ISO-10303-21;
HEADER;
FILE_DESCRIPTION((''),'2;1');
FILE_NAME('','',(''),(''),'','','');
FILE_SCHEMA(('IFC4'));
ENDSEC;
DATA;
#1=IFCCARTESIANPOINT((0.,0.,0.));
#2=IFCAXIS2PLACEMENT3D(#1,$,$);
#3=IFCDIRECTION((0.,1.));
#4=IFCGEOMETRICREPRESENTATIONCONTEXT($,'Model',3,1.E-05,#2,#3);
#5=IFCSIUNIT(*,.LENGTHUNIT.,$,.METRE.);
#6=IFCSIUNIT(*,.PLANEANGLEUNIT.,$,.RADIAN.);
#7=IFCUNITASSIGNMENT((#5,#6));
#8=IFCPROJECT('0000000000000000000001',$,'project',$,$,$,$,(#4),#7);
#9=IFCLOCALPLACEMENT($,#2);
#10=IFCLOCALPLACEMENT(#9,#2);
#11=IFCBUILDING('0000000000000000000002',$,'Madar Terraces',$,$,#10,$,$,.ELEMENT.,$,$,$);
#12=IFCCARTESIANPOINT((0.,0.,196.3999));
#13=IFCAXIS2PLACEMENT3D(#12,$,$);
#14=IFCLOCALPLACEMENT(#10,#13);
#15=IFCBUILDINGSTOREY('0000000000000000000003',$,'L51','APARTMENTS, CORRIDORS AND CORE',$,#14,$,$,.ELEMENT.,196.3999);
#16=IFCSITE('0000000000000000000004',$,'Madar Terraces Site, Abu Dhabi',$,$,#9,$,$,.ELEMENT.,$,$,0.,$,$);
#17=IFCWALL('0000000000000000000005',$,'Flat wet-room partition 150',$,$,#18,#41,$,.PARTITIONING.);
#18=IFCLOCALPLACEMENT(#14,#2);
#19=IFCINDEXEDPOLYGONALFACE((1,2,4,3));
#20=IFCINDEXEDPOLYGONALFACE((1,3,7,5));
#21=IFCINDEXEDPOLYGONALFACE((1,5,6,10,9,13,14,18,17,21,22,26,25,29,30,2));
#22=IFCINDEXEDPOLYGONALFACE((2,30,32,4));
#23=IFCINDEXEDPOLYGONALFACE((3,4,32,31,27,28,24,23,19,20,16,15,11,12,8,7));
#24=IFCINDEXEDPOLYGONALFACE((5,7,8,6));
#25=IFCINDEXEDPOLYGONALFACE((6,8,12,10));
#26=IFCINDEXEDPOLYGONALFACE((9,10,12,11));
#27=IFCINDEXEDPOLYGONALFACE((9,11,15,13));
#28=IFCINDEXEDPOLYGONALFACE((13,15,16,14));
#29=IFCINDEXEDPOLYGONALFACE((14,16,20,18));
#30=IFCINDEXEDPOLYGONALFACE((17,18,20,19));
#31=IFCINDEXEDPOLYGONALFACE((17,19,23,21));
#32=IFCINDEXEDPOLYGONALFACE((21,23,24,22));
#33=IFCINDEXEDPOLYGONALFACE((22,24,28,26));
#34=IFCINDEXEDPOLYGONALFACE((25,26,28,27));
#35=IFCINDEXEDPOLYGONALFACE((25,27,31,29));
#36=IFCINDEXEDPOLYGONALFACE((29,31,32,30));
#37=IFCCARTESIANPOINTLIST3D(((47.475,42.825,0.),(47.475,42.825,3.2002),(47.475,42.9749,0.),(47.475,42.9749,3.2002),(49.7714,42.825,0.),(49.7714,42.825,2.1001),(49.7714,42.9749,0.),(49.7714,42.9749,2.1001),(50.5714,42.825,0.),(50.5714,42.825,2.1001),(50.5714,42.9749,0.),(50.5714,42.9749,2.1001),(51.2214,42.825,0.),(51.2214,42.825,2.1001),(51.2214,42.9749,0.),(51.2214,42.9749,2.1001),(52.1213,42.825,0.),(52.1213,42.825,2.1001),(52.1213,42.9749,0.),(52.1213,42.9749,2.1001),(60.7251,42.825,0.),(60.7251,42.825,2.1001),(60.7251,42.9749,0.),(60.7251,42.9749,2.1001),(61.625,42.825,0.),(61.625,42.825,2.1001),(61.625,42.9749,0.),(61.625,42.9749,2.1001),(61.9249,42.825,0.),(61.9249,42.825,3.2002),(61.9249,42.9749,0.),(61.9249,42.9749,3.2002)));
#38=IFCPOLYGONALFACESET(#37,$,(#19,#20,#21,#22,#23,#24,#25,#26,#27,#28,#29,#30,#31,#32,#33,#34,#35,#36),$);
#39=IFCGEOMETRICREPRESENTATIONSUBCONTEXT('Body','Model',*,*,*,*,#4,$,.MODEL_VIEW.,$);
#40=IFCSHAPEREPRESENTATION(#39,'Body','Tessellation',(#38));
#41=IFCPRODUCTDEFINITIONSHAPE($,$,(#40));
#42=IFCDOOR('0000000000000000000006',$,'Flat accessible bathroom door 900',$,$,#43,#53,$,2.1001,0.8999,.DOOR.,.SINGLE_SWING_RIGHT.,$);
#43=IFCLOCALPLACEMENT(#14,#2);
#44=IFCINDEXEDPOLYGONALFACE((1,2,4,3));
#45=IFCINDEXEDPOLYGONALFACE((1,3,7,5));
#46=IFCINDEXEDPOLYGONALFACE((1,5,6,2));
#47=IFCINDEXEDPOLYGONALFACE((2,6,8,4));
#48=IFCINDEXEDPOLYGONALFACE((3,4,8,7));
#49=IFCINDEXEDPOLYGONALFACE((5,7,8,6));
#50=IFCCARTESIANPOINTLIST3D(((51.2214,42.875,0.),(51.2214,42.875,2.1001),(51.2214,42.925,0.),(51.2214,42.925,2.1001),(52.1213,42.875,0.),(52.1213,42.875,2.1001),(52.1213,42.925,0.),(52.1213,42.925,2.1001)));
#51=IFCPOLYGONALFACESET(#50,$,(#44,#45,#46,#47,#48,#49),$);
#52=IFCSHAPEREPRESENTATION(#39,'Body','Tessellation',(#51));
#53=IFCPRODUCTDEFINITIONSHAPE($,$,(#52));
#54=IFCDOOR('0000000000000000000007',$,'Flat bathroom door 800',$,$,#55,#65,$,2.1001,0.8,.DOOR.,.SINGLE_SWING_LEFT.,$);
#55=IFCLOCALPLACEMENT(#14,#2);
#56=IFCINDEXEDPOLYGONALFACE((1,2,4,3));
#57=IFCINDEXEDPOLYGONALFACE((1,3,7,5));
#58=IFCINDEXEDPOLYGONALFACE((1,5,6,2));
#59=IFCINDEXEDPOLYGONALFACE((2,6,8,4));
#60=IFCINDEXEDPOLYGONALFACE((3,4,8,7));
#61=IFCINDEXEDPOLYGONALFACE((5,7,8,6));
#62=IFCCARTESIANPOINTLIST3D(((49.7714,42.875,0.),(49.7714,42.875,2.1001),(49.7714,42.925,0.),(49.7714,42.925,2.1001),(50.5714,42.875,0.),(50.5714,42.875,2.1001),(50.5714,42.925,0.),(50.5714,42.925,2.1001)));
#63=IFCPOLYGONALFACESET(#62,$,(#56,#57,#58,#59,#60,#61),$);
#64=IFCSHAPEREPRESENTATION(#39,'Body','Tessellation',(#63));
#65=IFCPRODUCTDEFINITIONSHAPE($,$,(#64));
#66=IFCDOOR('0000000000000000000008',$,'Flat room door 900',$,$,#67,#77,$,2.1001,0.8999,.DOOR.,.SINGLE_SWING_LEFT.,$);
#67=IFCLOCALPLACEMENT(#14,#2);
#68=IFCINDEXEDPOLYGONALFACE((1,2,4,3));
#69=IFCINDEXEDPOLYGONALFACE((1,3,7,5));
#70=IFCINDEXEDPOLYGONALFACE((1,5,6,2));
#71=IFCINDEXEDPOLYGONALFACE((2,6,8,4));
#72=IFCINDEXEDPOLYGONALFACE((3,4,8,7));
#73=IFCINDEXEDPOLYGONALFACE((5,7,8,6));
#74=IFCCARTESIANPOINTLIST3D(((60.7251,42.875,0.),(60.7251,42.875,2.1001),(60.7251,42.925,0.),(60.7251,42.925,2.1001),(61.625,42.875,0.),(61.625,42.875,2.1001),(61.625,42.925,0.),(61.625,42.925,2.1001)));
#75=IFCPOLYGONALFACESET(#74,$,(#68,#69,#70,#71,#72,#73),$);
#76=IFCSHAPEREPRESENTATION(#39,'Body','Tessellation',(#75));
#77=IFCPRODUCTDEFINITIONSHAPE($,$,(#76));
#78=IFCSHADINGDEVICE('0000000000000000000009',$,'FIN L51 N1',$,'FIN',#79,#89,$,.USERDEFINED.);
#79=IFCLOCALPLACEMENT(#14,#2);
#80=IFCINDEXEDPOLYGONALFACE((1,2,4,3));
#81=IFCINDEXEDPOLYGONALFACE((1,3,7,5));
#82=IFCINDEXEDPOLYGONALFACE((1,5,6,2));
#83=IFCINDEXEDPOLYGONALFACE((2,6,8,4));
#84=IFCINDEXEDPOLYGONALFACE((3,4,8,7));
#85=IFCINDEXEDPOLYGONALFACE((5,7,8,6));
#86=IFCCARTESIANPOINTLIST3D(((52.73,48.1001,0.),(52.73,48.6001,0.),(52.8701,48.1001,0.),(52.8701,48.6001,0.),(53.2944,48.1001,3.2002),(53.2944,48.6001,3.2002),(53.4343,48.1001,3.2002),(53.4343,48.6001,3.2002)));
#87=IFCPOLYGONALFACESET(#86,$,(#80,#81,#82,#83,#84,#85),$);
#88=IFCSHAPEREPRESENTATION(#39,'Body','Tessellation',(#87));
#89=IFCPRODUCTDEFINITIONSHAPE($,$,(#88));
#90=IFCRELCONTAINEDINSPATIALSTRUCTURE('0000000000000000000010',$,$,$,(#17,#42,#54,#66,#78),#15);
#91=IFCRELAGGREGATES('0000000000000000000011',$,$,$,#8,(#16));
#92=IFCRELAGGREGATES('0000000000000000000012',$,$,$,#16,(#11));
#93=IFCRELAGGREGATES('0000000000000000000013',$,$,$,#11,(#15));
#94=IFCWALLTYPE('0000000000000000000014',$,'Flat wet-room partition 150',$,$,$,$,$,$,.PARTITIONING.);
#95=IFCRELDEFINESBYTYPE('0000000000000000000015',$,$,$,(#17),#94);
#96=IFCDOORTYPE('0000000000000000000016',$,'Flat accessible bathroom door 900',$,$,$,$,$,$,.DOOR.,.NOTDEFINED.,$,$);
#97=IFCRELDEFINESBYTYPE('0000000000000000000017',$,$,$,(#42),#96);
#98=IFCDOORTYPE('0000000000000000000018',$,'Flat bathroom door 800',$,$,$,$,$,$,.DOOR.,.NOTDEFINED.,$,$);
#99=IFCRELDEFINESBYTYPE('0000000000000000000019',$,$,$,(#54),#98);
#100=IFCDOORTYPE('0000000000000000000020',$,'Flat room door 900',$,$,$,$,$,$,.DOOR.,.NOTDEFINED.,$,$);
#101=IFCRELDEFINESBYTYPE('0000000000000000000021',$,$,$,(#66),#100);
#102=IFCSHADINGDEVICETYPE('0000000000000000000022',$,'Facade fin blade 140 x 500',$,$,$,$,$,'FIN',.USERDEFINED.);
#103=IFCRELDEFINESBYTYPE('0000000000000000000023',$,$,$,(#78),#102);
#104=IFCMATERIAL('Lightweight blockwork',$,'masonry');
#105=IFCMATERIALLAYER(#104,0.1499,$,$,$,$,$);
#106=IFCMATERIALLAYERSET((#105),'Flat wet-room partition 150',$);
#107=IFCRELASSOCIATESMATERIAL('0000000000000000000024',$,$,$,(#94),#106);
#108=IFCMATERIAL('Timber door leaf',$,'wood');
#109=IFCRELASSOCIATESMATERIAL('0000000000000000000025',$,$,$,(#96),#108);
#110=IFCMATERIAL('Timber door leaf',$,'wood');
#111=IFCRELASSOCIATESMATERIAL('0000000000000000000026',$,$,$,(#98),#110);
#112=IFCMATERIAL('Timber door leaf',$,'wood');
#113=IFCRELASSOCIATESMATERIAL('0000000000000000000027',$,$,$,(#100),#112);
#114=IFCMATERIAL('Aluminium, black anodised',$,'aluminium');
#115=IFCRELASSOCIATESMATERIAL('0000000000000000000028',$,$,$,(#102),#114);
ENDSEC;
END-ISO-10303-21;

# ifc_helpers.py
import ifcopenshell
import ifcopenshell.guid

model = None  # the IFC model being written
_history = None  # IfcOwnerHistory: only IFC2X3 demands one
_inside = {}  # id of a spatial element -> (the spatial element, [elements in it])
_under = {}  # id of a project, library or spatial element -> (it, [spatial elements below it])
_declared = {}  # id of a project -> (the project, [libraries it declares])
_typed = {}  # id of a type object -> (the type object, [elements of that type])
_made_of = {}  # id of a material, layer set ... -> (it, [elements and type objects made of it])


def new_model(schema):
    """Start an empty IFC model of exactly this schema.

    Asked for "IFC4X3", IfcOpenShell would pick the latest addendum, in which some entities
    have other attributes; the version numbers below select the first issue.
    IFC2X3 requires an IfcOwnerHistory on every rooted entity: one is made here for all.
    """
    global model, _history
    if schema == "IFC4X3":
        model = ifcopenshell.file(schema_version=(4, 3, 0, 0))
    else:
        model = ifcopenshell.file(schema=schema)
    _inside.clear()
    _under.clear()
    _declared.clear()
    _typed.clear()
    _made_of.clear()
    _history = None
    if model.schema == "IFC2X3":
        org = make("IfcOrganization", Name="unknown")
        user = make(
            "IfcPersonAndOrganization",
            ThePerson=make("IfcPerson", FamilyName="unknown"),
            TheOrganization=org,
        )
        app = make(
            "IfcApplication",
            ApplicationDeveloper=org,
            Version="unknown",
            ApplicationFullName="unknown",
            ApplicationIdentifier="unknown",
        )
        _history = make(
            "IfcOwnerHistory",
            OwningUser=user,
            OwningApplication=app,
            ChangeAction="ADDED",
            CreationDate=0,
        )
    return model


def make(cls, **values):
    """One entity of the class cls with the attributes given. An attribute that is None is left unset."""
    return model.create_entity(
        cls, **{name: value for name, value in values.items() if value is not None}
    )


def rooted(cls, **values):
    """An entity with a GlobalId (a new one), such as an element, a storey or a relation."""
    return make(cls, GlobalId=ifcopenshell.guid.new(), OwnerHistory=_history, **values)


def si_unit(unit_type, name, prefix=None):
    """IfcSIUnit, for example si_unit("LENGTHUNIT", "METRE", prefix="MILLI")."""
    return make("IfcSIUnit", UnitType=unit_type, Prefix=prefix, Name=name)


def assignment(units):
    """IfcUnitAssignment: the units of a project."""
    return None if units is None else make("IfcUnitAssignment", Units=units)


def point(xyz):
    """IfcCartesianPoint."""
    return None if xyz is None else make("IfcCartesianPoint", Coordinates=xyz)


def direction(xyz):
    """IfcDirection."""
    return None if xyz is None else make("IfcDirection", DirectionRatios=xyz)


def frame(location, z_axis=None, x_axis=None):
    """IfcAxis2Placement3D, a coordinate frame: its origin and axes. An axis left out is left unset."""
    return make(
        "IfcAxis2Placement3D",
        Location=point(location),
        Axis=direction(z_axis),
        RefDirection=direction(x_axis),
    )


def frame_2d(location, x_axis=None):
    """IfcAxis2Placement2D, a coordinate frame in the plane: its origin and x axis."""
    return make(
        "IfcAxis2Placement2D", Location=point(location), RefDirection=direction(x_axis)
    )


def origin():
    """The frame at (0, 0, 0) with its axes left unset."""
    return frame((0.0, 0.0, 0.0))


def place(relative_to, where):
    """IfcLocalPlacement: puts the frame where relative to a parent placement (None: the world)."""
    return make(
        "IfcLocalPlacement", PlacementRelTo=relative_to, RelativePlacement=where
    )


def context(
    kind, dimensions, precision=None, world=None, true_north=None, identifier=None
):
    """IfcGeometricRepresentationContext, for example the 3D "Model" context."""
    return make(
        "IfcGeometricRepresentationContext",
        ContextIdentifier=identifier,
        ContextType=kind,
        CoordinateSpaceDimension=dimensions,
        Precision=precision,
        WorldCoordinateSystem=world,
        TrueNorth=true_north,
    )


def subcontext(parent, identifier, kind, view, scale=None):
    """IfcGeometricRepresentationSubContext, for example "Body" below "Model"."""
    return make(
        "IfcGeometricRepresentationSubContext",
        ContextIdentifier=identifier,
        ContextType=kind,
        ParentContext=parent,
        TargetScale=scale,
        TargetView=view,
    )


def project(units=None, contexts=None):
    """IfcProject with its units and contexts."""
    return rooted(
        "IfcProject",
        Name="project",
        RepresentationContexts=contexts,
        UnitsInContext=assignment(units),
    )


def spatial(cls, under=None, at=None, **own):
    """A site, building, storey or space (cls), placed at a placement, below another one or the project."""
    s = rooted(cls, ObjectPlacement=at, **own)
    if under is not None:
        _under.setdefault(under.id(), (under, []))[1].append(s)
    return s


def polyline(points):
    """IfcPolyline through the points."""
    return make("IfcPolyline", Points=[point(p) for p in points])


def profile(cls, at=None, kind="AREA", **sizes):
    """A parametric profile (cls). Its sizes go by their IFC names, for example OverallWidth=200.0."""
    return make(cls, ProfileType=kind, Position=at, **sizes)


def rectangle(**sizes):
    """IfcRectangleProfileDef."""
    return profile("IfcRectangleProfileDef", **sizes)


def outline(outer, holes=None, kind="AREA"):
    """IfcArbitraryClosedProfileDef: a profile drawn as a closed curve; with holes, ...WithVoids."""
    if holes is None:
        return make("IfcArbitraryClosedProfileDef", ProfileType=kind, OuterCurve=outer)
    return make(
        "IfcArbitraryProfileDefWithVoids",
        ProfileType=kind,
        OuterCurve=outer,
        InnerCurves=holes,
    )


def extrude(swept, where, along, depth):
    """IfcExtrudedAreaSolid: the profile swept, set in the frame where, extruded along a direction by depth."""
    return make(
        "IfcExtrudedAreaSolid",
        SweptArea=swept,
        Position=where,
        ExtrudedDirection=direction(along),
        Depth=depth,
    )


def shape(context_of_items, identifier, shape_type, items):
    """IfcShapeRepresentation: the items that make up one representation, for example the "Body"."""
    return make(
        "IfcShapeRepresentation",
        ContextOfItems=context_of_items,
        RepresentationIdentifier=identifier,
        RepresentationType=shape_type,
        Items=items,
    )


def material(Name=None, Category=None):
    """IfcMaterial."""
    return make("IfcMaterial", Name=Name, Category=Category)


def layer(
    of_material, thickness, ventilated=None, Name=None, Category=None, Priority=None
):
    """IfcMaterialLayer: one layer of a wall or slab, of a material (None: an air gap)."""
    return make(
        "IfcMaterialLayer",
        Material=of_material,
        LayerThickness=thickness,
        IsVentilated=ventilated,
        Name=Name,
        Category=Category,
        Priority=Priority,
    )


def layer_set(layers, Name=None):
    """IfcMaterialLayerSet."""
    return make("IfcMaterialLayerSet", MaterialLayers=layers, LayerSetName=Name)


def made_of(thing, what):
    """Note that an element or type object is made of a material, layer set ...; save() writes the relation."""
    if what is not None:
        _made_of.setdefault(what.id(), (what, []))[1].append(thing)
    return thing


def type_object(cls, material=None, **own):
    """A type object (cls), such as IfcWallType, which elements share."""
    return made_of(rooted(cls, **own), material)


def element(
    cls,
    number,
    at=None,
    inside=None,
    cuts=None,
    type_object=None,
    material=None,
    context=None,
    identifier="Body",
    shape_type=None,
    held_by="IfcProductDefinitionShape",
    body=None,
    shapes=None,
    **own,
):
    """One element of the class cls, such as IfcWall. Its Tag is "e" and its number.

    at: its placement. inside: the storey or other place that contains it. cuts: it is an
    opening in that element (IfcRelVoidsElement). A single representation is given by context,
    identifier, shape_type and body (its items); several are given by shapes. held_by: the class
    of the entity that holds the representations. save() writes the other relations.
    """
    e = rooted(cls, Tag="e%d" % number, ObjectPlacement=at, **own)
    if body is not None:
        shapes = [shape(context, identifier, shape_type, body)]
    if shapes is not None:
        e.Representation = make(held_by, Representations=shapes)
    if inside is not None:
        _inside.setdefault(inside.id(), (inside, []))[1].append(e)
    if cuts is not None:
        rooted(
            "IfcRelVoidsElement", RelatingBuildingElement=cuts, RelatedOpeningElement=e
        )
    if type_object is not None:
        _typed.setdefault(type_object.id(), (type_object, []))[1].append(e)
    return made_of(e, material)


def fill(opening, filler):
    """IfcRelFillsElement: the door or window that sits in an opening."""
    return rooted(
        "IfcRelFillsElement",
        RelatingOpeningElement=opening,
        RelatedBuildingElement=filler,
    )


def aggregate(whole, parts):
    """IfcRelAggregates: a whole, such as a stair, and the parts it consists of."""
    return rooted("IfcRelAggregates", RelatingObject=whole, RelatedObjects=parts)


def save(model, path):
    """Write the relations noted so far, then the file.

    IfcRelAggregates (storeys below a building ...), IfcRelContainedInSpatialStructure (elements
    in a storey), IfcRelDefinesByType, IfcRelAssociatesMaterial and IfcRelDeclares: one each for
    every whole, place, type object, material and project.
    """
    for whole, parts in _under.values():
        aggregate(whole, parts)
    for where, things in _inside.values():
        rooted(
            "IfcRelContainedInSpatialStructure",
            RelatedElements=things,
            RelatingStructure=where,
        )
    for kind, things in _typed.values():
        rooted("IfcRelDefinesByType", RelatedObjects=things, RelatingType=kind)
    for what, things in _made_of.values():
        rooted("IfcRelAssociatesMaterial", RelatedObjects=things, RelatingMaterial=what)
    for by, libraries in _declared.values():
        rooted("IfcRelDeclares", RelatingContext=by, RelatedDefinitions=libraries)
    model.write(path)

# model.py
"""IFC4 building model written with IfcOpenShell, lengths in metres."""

from ifc_helpers import new_model, si_unit, direction, frame, frame_2d, origin, place, context, subcontext, project, spatial, polyline, rectangle, outline, extrude, material, layer, layer_set, type_object, element, fill, save


model = new_model("IFC4")

# Units and contexts
model_context = context("Model", 3, precision=1e-05, world=origin(), true_north=direction((0.0, 1.0)))
body_context = subcontext(model_context, "Body", "Model", "MODEL_VIEW")
ifc_project = project(units=[si_unit("LENGTHUNIT", "METRE"), si_unit("PLANEANGLEUNIT", "RADIAN")], contexts=[model_context])

# Site, building, storey
site_placement = place(None, origin())
site = spatial("IfcSite", under=ifc_project, at=site_placement, Name="Madar Terraces Site, Abu Dhabi", CompositionType="ELEMENT", RefElevation=0.0)
building_placement = place(site_placement, origin())
building = spatial("IfcBuilding", under=site, at=building_placement, Name="Madar Terraces", CompositionType="ELEMENT")
storey_placement = place(building_placement, frame((0.0, 0.0, 196.3999)))
storey = spatial("IfcBuildingStorey", under=building, at=storey_placement, Name="L51", Description="APARTMENTS, CORRIDORS AND CORE", CompositionType="ELEMENT", Elevation=196.3999)

# Shared definitions
ifc_material_1 = material(Name="Lightweight blockwork", Category="masonry")
ifc_layer_1 = layer(ifc_material_1, 0.1499)
ifc_layer_set_1 = layer_set([ifc_layer_1], Name="Flat wet-room partition 150")
wall_type_1 = type_object("IfcWallType", Name="Flat wet-room partition 150", PredefinedType="PARTITIONING", material=ifc_layer_set_1)

# Wall, openings, doors
wall_1_placement = place(storey_placement, frame((61.925, 42.8999, 0.0), z_axis=(0.0, 0.0, 1.0), x_axis=(-1.0, 0.0, 0.0)))
wall_1 = element("IfcWall", 1, at=wall_1_placement, inside=storey, type_object=wall_type_1, Name="Flat wet-room partition 150", PredefinedType="PARTITIONING", context=body_context, shape_type="SweptSolid", body=[
    extrude(rectangle(XDim=14.45, YDim=0.1499, at=frame_2d((7.2251, 0.0))), origin(), (0.0, 0.0, 1.0), 3.2002),
])
opening_1_placement = place(wall_1_placement, frame((11.3538, 0.0, 0.0)))
opening_1 = element("IfcOpeningElement", 2, at=opening_1_placement, cuts=wall_1, PredefinedType="OPENING", context=body_context, shape_type="SweptSolid", body=[
    extrude(rectangle(XDim=0.8, YDim=2.1001, at=frame_2d((0.3999, 1.05))), frame((0.0, 0.085, 0.0), z_axis=(0.0, -1.0, 0.0), x_axis=(1.0, 0.0, 0.0)), (0.0, 0.0, 1.0), 0.1699),
])
opening_2_placement = place(wall_1_placement, frame((9.8037, 0.0, 0.0)))
opening_2 = element("IfcOpeningElement", 3, at=opening_2_placement, cuts=wall_1, PredefinedType="OPENING", context=body_context, shape_type="SweptSolid", body=[
    extrude(rectangle(XDim=0.8999, YDim=2.1001, at=frame_2d((0.45, 1.05))), frame((0.0, 0.085, 0.0), z_axis=(0.0, -1.0, 0.0), x_axis=(1.0, 0.0, 0.0)), (0.0, 0.0, 1.0), 0.1699),
])
opening_3_placement = place(wall_1_placement, frame((0.3, 0.0, 0.0)))
opening_3 = element("IfcOpeningElement", 4, at=opening_3_placement, cuts=wall_1, PredefinedType="OPENING", context=body_context, shape_type="SweptSolid", body=[
    extrude(rectangle(XDim=0.8999, YDim=2.1001, at=frame_2d((0.45, 1.05))), frame((0.0, 0.085, 0.0), z_axis=(0.0, -1.0, 0.0), x_axis=(1.0, 0.0, 0.0)), (0.0, 0.0, 1.0), 0.1699),
])
ifc_material_2 = material(Name="Timber door leaf", Category="wood")
door_type_1 = type_object("IfcDoorType", Name="Flat accessible bathroom door 900", OperationType="NOTDEFINED", PredefinedType="DOOR", material=ifc_material_2)
door_1_placement = place(opening_2_placement, origin())
door_1 = element("IfcDoor", 5, at=door_1_placement, inside=storey, type_object=door_type_1, Name="Flat accessible bathroom door 900", OperationType="SINGLE_SWING_RIGHT", OverallHeight=2.1001, OverallWidth=0.8999, PredefinedType="DOOR", context=body_context, shape_type="SweptSolid", body=[
    extrude(rectangle(XDim=0.8999, YDim=2.1001, at=frame_2d((0.45, 1.05))), frame((0.0, 0.0249, 0.0), z_axis=(0.0, -1.0, 0.0), x_axis=(1.0, 0.0, 0.0)), (0.0, 0.0, 1.0), 0.05),
])
fill(opening_2, door_1)
ifc_material_3 = material(Name="Timber door leaf", Category="wood")
door_type_2 = type_object("IfcDoorType", Name="Flat bathroom door 800", OperationType="NOTDEFINED", PredefinedType="DOOR", material=ifc_material_3)
door_2_placement = place(opening_1_placement, origin())
door_2 = element("IfcDoor", 6, at=door_2_placement, inside=storey, type_object=door_type_2, Name="Flat bathroom door 800", OperationType="SINGLE_SWING_LEFT", OverallHeight=2.1001, OverallWidth=0.8, PredefinedType="DOOR", context=body_context, shape_type="SweptSolid", body=[
    extrude(rectangle(XDim=0.8, YDim=2.1001, at=frame_2d((0.3999, 1.05))), frame((0.0, 0.0249, 0.0), z_axis=(0.0, -1.0, 0.0), x_axis=(1.0, 0.0, 0.0)), (0.0, 0.0, 1.0), 0.05),
])
fill(opening_1, door_2)
ifc_material_4 = material(Name="Timber door leaf", Category="wood")
door_type_3 = type_object("IfcDoorType", Name="Flat room door 900", OperationType="NOTDEFINED", PredefinedType="DOOR", material=ifc_material_4)
door_3_placement = place(opening_3_placement, origin())
door_3 = element("IfcDoor", 7, at=door_3_placement, inside=storey, type_object=door_type_3, Name="Flat room door 900", OperationType="SINGLE_SWING_LEFT", OverallHeight=2.1001, OverallWidth=0.8999, PredefinedType="DOOR", context=body_context, shape_type="SweptSolid", body=[
    extrude(rectangle(XDim=0.8999, YDim=2.1001, at=frame_2d((0.45, 1.05))), frame((0.0, 0.0249, 0.0), z_axis=(0.0, -1.0, 0.0), x_axis=(1.0, 0.0, 0.0)), (0.0, 0.0, 1.0), 0.05),
])
fill(opening_3, door_3)

# Shading device
ifc_material_5 = material(Name="Aluminium, black anodised", Category="aluminium")
shading_device_type = type_object("IfcShadingDeviceType", Name="Facade fin blade 140 x 500", ElementType="FIN", PredefinedType="USERDEFINED", material=ifc_material_5)
shading_device_placement = place(storey_placement, frame((52.8701, 48.3501, 0.0), z_axis=(0.0, 0.0, 1.0), x_axis=(-1.0, 0.0, 0.0)))
element("IfcShadingDevice", 8, at=shading_device_placement, inside=storey, type_object=shading_device_type, Name="FIN L51 N1", ObjectType="FIN", PredefinedType="USERDEFINED", context=body_context, shape_type="SweptSolid", body=[
    extrude(outline(polyline([(0.0, 0.0), (0.1401, 0.0), (-0.4243, 3.2002), (-0.5642, 3.2002), (0.0, 0.0)])), frame((0.0, 0.25, 0.0), z_axis=(0.0, -1.0, 0.0), x_axis=(1.0, 0.0, 0.0)), (0.0, 0.0, 1.0), 0.5),
])

save(model, "model.ifc")
